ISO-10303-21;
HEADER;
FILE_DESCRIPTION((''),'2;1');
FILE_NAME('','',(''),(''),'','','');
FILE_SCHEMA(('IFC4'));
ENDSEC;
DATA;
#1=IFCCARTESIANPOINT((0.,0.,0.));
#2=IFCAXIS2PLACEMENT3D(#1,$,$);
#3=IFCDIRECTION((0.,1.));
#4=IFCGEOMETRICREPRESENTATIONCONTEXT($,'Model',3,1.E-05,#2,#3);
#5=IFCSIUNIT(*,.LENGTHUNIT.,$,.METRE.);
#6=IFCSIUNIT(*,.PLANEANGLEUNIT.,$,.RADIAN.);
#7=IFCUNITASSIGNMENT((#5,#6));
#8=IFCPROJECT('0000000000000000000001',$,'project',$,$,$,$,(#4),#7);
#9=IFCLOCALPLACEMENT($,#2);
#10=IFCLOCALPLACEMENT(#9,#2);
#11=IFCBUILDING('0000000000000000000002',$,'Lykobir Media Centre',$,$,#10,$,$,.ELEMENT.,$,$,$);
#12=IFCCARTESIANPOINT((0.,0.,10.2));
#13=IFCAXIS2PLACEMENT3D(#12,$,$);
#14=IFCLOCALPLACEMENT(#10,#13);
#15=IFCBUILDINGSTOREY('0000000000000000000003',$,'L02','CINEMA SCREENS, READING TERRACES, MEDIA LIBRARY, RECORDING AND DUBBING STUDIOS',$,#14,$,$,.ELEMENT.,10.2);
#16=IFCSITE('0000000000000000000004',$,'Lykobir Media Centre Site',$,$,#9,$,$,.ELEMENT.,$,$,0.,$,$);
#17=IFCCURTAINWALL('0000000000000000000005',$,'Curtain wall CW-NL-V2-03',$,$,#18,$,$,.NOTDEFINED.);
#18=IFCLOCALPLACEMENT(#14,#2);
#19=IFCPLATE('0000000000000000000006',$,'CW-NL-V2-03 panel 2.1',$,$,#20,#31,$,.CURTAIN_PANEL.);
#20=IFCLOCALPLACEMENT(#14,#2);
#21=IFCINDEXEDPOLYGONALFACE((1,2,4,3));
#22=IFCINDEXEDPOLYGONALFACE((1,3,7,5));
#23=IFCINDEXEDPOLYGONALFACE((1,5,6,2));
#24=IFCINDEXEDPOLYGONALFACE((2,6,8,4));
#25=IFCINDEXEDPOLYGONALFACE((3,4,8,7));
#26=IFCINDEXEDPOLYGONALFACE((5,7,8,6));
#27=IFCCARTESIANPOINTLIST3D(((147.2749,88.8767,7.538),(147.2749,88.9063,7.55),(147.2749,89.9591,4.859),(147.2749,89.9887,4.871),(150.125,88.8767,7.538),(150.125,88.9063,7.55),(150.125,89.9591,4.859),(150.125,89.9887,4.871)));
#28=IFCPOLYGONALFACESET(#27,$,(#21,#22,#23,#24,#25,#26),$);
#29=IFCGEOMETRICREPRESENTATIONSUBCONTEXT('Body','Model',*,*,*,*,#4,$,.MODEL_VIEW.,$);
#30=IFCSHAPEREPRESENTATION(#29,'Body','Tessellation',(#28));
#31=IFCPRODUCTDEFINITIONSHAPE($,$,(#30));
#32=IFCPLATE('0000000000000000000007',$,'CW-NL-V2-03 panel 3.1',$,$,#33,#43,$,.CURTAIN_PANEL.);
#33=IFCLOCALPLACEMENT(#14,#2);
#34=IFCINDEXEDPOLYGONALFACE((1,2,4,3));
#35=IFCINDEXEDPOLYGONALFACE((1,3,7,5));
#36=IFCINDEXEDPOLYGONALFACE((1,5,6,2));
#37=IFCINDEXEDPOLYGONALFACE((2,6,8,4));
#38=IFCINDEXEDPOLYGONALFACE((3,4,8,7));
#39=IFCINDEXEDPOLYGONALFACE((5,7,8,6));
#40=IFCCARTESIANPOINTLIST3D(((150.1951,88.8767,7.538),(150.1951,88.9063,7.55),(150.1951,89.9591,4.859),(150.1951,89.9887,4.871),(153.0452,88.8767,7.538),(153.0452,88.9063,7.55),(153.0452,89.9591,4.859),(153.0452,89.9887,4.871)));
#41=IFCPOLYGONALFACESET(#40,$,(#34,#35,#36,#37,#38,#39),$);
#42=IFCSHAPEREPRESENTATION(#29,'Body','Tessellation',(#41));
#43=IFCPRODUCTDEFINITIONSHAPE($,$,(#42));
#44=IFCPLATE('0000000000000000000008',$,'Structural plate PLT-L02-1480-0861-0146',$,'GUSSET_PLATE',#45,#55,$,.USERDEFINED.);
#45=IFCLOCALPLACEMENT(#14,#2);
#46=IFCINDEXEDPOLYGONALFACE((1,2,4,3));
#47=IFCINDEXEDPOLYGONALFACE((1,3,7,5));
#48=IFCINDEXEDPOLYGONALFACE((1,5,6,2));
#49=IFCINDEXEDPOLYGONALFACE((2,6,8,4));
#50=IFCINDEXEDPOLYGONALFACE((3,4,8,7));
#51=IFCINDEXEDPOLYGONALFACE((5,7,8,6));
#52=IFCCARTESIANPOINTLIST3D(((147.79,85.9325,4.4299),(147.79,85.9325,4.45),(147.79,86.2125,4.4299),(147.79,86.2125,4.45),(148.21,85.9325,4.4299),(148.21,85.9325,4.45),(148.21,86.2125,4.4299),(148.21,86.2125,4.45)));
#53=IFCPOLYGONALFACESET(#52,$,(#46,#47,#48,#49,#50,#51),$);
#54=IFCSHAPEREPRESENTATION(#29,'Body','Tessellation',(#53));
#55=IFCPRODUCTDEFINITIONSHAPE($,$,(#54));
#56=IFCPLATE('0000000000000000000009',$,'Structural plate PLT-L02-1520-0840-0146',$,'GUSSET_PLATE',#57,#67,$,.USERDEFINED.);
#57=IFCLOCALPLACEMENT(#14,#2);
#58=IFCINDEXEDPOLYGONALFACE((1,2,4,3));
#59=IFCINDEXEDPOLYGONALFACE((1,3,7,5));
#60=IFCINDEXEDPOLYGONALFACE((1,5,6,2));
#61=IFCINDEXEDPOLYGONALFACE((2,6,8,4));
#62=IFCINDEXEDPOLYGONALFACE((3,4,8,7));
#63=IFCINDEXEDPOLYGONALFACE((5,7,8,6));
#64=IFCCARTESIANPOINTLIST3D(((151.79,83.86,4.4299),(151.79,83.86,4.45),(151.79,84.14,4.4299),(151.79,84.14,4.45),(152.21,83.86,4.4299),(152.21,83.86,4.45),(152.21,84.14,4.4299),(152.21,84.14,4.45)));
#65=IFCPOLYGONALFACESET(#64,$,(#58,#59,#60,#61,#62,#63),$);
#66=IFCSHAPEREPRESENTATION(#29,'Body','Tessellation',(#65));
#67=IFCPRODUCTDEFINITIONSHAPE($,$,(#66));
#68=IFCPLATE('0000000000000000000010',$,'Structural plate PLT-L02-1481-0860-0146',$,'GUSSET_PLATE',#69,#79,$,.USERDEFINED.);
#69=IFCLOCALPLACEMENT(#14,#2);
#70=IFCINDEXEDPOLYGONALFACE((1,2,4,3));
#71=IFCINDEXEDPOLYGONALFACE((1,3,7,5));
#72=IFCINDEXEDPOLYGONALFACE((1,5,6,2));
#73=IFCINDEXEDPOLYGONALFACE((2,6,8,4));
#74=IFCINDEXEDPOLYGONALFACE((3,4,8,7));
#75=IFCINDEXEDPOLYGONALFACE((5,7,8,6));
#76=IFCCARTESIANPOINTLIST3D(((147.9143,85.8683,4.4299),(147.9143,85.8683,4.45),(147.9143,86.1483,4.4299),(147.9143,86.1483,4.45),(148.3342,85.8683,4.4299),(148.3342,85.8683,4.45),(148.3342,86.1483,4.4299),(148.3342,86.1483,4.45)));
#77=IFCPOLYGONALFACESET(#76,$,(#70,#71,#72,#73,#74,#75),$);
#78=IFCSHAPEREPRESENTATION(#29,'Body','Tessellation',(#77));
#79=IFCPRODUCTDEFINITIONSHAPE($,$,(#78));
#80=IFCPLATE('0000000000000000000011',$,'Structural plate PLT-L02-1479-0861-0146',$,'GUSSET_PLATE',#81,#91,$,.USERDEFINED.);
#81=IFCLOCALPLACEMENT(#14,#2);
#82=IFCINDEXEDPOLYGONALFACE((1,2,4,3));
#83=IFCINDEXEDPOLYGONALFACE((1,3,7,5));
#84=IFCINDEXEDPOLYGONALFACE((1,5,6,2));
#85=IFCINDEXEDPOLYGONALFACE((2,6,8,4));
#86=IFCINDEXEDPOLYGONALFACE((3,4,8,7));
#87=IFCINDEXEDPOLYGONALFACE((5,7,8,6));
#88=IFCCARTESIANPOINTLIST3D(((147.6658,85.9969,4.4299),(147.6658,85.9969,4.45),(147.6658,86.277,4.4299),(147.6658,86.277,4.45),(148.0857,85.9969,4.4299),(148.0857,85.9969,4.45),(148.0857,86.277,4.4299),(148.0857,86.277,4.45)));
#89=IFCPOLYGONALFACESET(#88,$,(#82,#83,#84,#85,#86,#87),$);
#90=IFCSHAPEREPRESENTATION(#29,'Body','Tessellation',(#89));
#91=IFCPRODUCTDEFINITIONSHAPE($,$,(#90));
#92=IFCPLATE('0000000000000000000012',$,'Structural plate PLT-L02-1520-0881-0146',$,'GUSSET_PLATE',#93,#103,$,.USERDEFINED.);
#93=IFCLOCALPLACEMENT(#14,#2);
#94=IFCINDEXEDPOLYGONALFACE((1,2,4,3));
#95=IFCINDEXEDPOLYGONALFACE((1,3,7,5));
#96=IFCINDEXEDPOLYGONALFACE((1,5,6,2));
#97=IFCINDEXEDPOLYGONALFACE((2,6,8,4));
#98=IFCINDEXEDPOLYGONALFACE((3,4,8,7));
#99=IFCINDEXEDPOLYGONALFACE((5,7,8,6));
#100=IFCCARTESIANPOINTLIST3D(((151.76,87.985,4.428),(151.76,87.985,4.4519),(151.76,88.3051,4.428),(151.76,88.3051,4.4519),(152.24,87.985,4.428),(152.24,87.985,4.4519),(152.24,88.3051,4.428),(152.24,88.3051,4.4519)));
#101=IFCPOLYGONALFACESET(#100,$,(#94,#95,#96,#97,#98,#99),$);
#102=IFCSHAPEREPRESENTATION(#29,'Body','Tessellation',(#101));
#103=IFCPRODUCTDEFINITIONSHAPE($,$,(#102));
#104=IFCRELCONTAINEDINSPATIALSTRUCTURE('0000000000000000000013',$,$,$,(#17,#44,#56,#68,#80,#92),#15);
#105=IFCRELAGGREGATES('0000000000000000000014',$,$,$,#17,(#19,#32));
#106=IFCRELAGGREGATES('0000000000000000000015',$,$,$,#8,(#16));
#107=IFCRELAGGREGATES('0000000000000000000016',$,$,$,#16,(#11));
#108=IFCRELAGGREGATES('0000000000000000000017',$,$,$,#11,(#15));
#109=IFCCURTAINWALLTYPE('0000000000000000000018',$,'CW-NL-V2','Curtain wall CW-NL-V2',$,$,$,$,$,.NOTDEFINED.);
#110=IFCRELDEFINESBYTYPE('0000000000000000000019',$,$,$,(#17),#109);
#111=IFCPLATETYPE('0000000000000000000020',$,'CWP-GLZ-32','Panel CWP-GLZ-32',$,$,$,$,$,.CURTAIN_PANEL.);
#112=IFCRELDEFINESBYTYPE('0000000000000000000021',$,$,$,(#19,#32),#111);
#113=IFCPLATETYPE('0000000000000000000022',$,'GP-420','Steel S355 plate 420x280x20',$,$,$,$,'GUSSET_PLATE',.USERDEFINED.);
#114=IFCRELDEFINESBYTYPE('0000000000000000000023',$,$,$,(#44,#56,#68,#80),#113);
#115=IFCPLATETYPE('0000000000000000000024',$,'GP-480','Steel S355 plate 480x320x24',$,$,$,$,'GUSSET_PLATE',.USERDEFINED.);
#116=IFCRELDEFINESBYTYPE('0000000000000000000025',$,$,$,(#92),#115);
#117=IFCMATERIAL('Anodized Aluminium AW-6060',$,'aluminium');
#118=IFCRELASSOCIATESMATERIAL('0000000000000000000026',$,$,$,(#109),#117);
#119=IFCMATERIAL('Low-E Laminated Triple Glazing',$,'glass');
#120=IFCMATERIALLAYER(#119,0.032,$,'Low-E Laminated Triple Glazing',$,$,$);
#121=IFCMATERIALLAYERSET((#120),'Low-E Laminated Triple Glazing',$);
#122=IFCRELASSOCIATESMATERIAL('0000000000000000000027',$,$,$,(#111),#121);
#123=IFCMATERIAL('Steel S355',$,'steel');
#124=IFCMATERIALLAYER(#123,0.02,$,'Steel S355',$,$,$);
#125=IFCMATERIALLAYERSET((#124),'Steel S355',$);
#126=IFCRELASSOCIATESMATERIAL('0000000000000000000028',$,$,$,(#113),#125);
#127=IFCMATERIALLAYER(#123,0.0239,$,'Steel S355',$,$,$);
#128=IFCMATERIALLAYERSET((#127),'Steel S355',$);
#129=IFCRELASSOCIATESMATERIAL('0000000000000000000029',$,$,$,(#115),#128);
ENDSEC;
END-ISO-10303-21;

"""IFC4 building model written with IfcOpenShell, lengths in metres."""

from ifc_helpers import new_model, si_unit, direction, frame, origin, origin_2d, place, context, subcontext, project, spatial, rectangle, extrude, material, layer, layer_set, type_object, element, aggregate, save


model = new_model("IFC4")

# Units and contexts
model_context = context("Model", 3, precision=1e-05, world=origin(), true_north=direction((0.0, 1.0)))
body_context = subcontext(model_context, "Body", "Model", "MODEL_VIEW")
ifc_project = project(units=[si_unit("LENGTHUNIT", "METRE"), si_unit("PLANEANGLEUNIT", "RADIAN")], contexts=[model_context])

# Site, building, storey
site_placement = place(None, origin())
site = spatial("IfcSite", under=ifc_project, at=site_placement, Name="Lykobir Media Centre Site", CompositionType="ELEMENT", RefElevation=0.0)
building_placement = place(site_placement, origin())
building = spatial("IfcBuilding", under=site, at=building_placement, Name="Lykobir Media Centre", CompositionType="ELEMENT")
storey_placement = place(building_placement, frame((0.0, 0.0, 10.2)))
storey = spatial("IfcBuildingStorey", under=building, at=storey_placement, Name="L02", Description="CINEMA SCREENS, READING TERRACES, MEDIA LIBRARY, RECORDING AND DUBBING STUDIOS", CompositionType="ELEMENT", Elevation=10.2)

# Shared definitions
ifc_material_1 = material(Name="Steel S355", Category="steel")

# Shared definitions
ifc_material_2 = material(Name="Anodized Aluminium AW-6060", Category="aluminium")
curtain_wall_type = type_object("IfcCurtainWallType", Name="CW-NL-V2", Description="Curtain wall CW-NL-V2", PredefinedType="NOTDEFINED", material=ifc_material_2)

# Curtain wall
curtain_wall_1_placement = place(storey_placement, origin())
curtain_wall_1 = element("IfcCurtainWall", 1, at=curtain_wall_1_placement, inside=storey, type_object=curtain_wall_type, Name="Curtain wall CW-NL-V2-03", PredefinedType="NOTDEFINED")

# Plates
ifc_material_3 = material(Name="Low-E Laminated Triple Glazing", Category="glass")
ifc_layer_1 = layer(ifc_material_3, 0.032, Name="Low-E Laminated Triple Glazing")
ifc_layer_set_1 = layer_set([ifc_layer_1], Name="Low-E Laminated Triple Glazing")
plate_type_1 = type_object("IfcPlateType", Name="CWP-GLZ-32", Description="Panel CWP-GLZ-32", PredefinedType="CURTAIN_PANEL", material=ifc_layer_set_1)
plate_1_placement = place(storey_placement, frame((148.7, 89.9739, 4.865), z_axis=(0.0, -0.374607, 0.927184), x_axis=(1.0, 0.0, 0.0)))
plate_1 = element("IfcPlate", 2, at=plate_1_placement, type_object=plate_type_1, Name="CW-NL-V2-03 panel 2.1", PredefinedType="CURTAIN_PANEL", context=body_context, shape_type="SweptSolid", body=[
    extrude(rectangle(XDim=2.8501, YDim=0.032, at=origin_2d()), origin(), (0.0, 0.0, 1.0), 2.8894),
])
plate_2_placement = place(storey_placement, frame((151.6201, 89.9739, 4.865), z_axis=(0.0, -0.374607, 0.927184), x_axis=(1.0, 0.0, 0.0)))
plate_2 = element("IfcPlate", 3, at=plate_2_placement, type_object=plate_type_1, Name="CW-NL-V2-03 panel 3.1", PredefinedType="CURTAIN_PANEL", context=body_context, shape_type="SweptSolid", body=[
    extrude(rectangle(XDim=2.8501, YDim=0.032, at=origin_2d()), origin(), (0.0, 0.0, 1.0), 2.8894),
])
aggregate(curtain_wall_1, [plate_1, plate_2])

# Plates
ifc_layer_2 = layer(ifc_material_1, 0.02, Name="Steel S355")
ifc_layer_set_2 = layer_set([ifc_layer_2], Name="Steel S355")
plate_type_2 = type_object("IfcPlateType", Name="GP-420", Description="Steel S355 plate 420x280x20", ElementType="GUSSET_PLATE", PredefinedType="USERDEFINED", material=ifc_layer_set_2)
for number, where, z_axis, x_axis, name in (
    (4, (148.0, 86.0725, 4.4299), (0.0, 0.0, 1.0), (1.0, 0.0, 0.0), "Structural plate PLT-L02-1480-0861-0146"),
    (5, (152.0, 84.0, 4.4299), (0.0, 0.0, 1.0), (1.0, 0.0, 0.0), "Structural plate PLT-L02-1520-0840-0146"),
    (6, (148.1243, 86.0083, 4.4299), (0.0, 0.0, 1.0), (1.0, 0.0, 0.0), "Structural plate PLT-L02-1481-0860-0146"),
    (7, (147.8757, 86.137, 4.4299), (0.0, 0.0, 1.0), (1.0, 0.0, 0.0), "Structural plate PLT-L02-1479-0861-0146"),
):
    element("IfcPlate", number, at=place(storey_placement, frame(where, z_axis=z_axis, x_axis=x_axis)), inside=storey, type_object=plate_type_2, Name=name, ObjectType="GUSSET_PLATE", PredefinedType="USERDEFINED", context=body_context, shape_type="SweptSolid", body=[
        extrude(rectangle(XDim=0.4199, YDim=0.28, at=origin_2d()), origin(), (0.0, 0.0, 1.0), 0.02),
    ])
ifc_layer_3 = layer(ifc_material_1, 0.0239, Name="Steel S355")
ifc_layer_set_3 = layer_set([ifc_layer_3], Name="Steel S355")
plate_type_3 = type_object("IfcPlateType", Name="GP-480", Description="Steel S355 plate 480x320x24", ElementType="GUSSET_PLATE", PredefinedType="USERDEFINED", material=ifc_layer_set_3)
plate_3_placement = place(storey_placement, frame((152.0, 88.145, 4.428), z_axis=(0.0, 0.0, 1.0), x_axis=(1.0, 0.0, 0.0)))
element("IfcPlate", 8, at=plate_3_placement, inside=storey, type_object=plate_type_3, Name="Structural plate PLT-L02-1520-0881-0146", ObjectType="GUSSET_PLATE", PredefinedType="USERDEFINED", context=body_context, shape_type="SweptSolid", body=[
    extrude(rectangle(XDim=0.48, YDim=0.3201, at=origin_2d()), origin(), (0.0, 0.0, 1.0), 0.0239),
])

save(model, "model.ifc")
